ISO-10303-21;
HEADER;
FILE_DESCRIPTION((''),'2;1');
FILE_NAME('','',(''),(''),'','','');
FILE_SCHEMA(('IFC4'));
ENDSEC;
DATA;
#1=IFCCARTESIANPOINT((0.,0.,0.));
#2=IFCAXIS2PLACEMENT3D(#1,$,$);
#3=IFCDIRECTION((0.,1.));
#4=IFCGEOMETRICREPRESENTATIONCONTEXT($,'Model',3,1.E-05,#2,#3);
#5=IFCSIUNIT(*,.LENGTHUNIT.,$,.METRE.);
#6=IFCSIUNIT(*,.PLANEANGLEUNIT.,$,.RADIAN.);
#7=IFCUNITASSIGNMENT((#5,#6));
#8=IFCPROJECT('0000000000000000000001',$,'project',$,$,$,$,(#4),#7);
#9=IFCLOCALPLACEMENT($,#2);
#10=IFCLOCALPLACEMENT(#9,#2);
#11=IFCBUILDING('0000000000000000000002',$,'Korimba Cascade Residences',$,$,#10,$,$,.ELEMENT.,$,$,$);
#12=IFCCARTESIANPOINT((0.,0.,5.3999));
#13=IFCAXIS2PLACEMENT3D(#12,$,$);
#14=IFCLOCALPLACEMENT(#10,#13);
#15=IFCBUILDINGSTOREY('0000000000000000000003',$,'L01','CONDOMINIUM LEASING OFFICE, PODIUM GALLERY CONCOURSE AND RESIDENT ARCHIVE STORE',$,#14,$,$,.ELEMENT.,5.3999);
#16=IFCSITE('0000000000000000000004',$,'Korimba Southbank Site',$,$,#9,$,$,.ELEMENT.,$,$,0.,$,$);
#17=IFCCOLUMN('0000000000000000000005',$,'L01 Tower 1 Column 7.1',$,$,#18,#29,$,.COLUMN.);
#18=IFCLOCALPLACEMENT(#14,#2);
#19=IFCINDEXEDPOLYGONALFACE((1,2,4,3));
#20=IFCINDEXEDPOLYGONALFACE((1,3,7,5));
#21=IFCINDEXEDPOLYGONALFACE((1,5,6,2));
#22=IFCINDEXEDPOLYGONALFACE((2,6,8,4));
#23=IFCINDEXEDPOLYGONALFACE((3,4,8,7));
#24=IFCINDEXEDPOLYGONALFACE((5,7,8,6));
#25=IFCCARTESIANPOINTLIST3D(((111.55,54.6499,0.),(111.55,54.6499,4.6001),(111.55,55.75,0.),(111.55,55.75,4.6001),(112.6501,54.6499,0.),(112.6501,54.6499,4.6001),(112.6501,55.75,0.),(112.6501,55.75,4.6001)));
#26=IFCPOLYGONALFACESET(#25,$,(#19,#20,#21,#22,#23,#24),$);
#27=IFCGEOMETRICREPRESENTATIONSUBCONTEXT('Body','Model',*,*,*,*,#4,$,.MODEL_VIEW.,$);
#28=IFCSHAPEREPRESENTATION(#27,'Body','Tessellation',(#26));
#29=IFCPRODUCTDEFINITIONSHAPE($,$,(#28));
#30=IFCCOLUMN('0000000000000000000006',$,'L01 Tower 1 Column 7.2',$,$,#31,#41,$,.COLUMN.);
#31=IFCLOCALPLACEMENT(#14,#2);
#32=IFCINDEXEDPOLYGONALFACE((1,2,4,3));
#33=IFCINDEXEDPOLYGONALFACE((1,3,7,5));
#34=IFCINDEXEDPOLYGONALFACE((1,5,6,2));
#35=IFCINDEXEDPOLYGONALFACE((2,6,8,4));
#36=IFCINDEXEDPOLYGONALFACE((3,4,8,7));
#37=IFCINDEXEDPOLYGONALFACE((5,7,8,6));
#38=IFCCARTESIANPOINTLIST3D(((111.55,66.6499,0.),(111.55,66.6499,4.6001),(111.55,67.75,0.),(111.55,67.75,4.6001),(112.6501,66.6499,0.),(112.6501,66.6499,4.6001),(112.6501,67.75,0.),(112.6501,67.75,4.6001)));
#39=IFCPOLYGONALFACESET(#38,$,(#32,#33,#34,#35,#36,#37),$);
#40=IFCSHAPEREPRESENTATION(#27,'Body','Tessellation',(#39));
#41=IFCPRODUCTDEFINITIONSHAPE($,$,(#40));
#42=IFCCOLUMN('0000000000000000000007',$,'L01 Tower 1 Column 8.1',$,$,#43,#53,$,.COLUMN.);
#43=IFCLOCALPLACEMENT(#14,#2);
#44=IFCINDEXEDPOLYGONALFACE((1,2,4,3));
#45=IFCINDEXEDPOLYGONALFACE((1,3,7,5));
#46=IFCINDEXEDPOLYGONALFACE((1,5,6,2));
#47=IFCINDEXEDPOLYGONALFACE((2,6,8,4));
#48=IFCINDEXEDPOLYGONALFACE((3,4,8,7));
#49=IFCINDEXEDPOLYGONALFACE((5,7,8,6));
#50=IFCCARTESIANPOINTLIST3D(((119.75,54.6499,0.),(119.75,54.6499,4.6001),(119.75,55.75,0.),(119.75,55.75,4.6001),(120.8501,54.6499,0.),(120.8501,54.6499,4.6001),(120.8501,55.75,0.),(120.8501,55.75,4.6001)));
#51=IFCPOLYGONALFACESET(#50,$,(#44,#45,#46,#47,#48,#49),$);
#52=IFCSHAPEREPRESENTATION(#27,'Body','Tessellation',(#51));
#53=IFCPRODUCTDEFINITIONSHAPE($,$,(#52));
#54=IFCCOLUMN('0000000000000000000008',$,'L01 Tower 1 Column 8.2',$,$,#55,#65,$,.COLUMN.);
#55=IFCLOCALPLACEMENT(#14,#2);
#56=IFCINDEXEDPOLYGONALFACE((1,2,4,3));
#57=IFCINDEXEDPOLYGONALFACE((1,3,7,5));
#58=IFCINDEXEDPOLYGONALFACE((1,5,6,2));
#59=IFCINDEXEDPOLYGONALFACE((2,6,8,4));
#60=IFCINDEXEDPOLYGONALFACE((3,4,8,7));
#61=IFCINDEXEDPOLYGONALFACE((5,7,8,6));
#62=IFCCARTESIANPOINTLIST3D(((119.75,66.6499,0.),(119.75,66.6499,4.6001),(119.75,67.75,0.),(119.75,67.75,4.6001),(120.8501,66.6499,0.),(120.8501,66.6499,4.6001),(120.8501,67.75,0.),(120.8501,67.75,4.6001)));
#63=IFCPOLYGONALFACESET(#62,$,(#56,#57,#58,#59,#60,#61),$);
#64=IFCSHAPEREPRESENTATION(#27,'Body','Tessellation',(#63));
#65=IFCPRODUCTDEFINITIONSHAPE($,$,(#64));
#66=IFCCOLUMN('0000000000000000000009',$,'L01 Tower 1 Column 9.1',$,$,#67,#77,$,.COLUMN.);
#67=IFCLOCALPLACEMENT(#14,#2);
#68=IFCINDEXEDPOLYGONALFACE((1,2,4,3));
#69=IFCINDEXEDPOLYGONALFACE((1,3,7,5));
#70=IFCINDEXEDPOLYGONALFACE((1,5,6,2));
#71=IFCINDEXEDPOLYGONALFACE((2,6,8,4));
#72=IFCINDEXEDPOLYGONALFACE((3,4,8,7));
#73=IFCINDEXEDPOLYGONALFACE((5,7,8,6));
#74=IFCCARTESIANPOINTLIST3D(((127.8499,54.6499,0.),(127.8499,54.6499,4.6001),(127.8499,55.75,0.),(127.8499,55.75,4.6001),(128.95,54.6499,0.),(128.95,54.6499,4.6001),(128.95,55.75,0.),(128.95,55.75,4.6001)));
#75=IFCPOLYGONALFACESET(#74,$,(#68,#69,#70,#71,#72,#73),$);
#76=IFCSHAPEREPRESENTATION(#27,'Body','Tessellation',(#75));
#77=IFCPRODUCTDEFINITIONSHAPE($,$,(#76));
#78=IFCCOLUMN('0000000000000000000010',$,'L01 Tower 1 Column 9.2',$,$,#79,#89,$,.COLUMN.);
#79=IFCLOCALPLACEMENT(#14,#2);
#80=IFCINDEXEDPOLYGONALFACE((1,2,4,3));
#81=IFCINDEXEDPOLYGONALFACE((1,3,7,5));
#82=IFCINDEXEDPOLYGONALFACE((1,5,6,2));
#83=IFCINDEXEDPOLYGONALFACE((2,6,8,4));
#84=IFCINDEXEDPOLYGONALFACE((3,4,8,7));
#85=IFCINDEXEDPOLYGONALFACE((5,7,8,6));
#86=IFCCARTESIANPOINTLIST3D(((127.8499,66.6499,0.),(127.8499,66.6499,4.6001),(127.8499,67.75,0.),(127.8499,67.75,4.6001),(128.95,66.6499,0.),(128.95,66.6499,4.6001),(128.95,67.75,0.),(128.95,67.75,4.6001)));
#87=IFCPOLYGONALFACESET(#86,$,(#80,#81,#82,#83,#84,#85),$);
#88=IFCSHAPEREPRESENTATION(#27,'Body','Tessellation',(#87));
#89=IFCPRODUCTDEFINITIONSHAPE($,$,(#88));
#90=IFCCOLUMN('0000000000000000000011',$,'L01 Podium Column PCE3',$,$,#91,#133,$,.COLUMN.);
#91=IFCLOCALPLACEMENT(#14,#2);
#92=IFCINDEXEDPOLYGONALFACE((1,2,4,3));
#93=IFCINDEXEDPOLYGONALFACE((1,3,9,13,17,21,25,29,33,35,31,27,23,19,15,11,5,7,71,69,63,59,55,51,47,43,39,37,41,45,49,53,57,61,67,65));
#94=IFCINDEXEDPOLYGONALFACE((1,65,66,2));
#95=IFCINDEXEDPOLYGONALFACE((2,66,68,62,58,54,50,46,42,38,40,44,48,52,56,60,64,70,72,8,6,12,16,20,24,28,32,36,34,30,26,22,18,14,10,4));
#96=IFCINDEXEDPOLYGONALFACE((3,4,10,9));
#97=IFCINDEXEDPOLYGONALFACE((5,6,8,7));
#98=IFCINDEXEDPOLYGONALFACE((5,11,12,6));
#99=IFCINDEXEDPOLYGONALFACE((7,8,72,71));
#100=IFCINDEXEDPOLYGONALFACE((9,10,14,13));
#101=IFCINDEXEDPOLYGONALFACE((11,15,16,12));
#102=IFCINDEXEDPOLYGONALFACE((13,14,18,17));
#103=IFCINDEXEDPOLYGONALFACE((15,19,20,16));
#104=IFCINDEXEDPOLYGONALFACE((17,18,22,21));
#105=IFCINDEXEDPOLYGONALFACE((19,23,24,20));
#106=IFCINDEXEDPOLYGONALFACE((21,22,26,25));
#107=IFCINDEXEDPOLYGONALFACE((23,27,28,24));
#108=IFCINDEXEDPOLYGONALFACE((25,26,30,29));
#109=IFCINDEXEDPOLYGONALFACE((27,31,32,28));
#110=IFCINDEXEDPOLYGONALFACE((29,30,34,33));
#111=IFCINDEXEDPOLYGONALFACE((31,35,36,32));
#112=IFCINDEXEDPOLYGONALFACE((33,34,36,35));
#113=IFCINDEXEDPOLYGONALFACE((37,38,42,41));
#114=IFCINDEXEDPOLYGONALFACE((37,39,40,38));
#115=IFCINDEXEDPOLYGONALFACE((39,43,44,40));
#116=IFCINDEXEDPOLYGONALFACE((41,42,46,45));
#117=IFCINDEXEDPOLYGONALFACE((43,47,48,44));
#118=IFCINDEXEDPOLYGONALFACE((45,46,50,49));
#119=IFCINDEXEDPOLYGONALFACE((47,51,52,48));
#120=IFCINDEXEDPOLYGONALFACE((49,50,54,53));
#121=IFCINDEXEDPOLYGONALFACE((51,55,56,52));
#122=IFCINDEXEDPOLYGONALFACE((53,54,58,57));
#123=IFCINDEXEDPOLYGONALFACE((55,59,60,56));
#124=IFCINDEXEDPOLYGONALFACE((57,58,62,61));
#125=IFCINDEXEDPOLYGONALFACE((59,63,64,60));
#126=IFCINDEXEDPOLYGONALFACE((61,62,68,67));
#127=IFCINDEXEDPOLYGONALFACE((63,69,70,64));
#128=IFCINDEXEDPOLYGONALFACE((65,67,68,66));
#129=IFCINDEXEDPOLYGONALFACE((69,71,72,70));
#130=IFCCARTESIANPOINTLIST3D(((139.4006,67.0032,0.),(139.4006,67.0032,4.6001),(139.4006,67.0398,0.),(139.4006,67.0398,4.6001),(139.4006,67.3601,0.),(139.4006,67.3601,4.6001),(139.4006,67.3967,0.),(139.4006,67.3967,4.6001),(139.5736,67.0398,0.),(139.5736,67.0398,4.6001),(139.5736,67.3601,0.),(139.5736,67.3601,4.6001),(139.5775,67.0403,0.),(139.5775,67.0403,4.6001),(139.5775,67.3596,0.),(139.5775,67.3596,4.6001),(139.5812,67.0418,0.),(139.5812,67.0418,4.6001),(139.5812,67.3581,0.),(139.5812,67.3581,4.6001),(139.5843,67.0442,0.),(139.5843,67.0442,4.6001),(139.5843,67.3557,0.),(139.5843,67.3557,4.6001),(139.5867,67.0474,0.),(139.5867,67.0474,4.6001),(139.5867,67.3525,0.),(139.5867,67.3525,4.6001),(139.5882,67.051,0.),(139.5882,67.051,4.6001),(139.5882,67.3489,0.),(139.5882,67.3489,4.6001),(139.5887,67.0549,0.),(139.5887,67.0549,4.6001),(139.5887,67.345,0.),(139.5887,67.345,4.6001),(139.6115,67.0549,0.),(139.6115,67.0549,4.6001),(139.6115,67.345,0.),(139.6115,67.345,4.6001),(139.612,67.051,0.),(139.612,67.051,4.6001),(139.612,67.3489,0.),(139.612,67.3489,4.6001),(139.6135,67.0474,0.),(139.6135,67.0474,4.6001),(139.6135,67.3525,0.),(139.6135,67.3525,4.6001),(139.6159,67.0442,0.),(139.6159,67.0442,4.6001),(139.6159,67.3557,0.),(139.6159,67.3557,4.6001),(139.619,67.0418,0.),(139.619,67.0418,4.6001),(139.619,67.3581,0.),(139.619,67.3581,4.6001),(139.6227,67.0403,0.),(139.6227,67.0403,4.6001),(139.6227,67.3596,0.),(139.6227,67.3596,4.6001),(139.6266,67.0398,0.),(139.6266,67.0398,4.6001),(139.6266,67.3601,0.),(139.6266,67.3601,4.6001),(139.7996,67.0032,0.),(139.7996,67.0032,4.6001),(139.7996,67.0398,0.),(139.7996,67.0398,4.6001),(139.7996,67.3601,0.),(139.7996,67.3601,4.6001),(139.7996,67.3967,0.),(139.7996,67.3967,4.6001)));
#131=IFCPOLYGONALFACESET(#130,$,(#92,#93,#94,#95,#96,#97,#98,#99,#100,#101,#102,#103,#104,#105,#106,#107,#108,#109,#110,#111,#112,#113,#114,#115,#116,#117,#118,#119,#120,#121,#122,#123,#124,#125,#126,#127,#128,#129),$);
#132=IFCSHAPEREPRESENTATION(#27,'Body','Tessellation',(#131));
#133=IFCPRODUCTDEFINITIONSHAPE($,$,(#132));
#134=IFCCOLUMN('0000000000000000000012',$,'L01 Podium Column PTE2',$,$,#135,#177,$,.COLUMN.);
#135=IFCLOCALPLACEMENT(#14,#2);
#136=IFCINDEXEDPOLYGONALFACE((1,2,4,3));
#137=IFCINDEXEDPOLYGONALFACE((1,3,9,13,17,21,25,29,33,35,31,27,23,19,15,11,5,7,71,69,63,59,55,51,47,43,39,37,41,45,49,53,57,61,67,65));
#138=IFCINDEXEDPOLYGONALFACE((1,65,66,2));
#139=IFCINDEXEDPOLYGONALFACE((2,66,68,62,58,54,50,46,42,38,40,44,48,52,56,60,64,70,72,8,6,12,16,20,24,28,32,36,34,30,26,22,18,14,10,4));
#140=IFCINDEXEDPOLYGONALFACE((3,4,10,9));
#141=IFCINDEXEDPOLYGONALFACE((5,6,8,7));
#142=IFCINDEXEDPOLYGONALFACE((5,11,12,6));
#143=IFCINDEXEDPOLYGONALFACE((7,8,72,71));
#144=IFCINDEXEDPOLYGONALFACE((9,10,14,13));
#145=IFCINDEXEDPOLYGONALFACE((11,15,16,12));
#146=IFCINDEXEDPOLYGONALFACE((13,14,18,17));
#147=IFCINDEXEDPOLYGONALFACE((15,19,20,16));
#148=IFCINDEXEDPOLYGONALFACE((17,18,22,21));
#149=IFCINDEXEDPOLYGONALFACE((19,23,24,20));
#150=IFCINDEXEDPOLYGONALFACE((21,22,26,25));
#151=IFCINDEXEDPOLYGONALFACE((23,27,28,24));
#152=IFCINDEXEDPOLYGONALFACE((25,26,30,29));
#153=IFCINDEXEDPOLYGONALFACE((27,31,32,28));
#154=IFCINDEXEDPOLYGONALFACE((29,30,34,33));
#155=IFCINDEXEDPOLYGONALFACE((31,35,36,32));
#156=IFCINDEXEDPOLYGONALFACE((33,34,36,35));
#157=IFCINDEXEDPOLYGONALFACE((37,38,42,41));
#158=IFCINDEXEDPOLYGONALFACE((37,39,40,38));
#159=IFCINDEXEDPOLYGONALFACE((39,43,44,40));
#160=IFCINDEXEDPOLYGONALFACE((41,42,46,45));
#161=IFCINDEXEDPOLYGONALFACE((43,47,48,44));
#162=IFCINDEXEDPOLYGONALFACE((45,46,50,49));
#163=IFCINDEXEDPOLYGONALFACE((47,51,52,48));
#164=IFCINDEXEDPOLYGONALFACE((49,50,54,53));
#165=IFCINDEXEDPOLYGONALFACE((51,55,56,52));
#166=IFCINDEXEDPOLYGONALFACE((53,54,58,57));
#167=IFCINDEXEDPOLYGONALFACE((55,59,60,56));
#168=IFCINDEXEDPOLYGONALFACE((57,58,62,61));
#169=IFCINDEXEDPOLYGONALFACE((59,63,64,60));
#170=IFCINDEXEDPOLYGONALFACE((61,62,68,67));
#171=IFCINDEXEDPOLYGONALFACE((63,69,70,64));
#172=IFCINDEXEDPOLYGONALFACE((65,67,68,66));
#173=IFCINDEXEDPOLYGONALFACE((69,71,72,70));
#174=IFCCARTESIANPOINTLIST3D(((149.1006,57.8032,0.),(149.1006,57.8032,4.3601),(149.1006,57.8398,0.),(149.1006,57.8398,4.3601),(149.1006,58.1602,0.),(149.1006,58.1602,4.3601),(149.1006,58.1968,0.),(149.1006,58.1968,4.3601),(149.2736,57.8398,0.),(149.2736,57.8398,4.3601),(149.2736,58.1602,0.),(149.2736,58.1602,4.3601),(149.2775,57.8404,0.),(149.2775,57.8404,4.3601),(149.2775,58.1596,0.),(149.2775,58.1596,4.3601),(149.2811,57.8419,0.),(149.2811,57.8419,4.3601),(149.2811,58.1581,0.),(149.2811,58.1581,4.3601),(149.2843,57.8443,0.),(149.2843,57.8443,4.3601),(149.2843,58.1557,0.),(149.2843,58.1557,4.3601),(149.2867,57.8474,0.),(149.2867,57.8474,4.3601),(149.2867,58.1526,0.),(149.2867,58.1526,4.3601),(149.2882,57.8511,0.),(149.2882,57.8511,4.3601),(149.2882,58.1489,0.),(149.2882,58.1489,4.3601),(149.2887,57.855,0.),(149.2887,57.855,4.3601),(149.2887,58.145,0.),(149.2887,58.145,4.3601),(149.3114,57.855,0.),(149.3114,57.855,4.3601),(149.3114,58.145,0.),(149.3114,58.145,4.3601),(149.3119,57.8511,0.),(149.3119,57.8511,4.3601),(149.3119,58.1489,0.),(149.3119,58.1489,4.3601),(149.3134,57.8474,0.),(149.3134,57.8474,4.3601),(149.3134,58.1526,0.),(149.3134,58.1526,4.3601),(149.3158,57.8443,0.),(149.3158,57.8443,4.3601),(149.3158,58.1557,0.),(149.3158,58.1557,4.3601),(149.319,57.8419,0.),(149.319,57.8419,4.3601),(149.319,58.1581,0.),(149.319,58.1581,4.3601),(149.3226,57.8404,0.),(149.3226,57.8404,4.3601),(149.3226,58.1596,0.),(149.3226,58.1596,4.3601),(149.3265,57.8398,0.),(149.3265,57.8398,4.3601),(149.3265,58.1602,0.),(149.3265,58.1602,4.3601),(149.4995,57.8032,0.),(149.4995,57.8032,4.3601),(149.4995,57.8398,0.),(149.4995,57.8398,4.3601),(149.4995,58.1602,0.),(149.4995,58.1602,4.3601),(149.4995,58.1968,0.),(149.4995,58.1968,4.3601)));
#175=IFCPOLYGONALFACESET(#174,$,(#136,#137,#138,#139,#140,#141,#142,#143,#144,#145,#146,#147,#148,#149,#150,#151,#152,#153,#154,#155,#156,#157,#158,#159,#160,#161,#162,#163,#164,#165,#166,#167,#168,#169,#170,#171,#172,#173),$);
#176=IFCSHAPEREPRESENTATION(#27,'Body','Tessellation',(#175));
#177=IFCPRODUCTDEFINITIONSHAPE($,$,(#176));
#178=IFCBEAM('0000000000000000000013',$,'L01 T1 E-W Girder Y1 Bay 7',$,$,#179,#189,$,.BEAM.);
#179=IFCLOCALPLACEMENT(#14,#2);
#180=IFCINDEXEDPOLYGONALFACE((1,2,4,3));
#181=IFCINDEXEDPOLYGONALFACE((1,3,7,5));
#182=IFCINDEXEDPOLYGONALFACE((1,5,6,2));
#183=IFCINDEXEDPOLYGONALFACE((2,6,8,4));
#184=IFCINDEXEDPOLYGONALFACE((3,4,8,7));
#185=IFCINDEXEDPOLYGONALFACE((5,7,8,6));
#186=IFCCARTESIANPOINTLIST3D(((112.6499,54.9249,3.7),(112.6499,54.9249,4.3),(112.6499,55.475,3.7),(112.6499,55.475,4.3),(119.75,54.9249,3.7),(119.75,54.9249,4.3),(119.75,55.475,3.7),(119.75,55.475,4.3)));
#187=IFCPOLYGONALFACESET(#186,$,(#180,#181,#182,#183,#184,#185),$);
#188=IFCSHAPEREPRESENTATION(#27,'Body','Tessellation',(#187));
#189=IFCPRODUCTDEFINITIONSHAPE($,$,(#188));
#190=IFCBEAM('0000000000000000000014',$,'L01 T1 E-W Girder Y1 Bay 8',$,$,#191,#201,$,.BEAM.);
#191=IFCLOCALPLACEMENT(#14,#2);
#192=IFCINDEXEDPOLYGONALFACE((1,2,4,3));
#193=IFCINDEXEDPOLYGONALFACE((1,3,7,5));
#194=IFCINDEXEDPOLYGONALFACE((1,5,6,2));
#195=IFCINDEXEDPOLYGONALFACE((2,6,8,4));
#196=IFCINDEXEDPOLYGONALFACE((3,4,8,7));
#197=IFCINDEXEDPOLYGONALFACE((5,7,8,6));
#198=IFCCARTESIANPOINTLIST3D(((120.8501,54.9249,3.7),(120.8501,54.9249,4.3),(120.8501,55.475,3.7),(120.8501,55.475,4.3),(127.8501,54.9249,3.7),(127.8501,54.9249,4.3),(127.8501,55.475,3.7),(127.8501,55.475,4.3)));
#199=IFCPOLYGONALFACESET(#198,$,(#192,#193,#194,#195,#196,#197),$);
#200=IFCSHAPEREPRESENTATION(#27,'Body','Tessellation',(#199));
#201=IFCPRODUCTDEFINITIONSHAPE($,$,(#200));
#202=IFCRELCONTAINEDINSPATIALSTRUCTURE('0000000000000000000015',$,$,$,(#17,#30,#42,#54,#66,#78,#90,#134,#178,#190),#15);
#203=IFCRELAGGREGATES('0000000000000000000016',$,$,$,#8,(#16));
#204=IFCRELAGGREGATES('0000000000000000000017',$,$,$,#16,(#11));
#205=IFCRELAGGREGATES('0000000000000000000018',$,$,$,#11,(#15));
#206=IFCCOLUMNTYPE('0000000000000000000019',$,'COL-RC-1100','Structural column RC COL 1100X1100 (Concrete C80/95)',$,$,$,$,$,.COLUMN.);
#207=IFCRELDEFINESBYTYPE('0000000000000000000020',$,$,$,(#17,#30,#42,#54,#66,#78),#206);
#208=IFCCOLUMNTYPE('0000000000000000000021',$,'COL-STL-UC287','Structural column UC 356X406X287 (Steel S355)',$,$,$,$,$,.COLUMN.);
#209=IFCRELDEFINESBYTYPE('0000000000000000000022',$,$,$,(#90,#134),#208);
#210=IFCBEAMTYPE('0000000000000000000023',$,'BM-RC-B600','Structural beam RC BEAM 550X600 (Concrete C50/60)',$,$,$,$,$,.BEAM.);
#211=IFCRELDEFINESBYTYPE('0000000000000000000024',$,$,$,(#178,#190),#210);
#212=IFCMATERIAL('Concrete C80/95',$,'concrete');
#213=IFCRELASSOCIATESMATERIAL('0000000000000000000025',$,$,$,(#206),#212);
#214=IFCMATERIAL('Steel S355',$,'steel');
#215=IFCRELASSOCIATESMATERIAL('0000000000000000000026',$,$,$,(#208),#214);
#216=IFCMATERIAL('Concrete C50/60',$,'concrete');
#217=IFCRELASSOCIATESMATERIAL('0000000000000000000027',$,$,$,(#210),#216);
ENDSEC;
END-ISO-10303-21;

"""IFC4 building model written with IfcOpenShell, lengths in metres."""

from ifc_helpers import new_model, si_unit, direction, frame, origin, origin_2d, place, context, subcontext, project, spatial, rectangle, i_section, extrude, material, material_profile, profile_set, type_object, element, save


model = new_model("IFC4")

# Units and contexts
model_context = context("Model", 3, precision=1e-05, world=origin(), true_north=direction((0.0, 1.0)))
body_context = subcontext(model_context, "Body", "Model", "MODEL_VIEW")
ifc_project = project(units=[si_unit("LENGTHUNIT", "METRE"), si_unit("PLANEANGLEUNIT", "RADIAN")], contexts=[model_context])

# Site, building, storey
site_placement = place(None, origin())
site = spatial("IfcSite", under=ifc_project, at=site_placement, Name="Korimba Southbank Site", CompositionType="ELEMENT", RefElevation=0.0)
building_placement = place(site_placement, origin())
building = spatial("IfcBuilding", under=site, at=building_placement, Name="Korimba Cascade Residences", CompositionType="ELEMENT")
storey_placement = place(building_placement, frame((0.0, 0.0, 5.3999)))
storey = spatial("IfcBuildingStorey", under=building, at=storey_placement, Name="L01", Description="CONDOMINIUM LEASING OFFICE, PODIUM GALLERY CONCOURSE AND RESIDENT ARCHIVE STORE", CompositionType="ELEMENT", Elevation=5.3999)

# Columns
ifc_material_1 = material(Name="Concrete C80/95", Category="concrete")
ifc_material_profile_1 = material_profile(ifc_material_1, rectangle(XDim=1.1001, YDim=1.1001, at=origin_2d()), Name="Concrete C80/95")
ifc_profile_set_1 = profile_set([ifc_material_profile_1], Name="Concrete C80/95")
column_type_1 = type_object("IfcColumnType", Name="COL-RC-1100", Description="Structural column RC COL 1100X1100 (Concrete C80/95)", PredefinedType="COLUMN", material=ifc_profile_set_1)
for number, where, z_axis, x_axis, name in (
    (1, (112.1001, 55.2, 0.0), (0.0, 0.0, 1.0), (1.0, 0.0, 0.0), "L01 Tower 1 Column 7.1"),
    (2, (112.1001, 67.2, 0.0), (0.0, 0.0, 1.0), (1.0, 0.0, 0.0), "L01 Tower 1 Column 7.2"),
    (3, (120.3, 55.2, 0.0), (0.0, 0.0, 1.0), (1.0, 0.0, 0.0), "L01 Tower 1 Column 8.1"),
    (4, (120.3, 67.2, 0.0), (0.0, 0.0, 1.0), (1.0, 0.0, 0.0), "L01 Tower 1 Column 8.2"),
    (5, (128.3999, 55.2, 0.0), (0.0, 0.0, 1.0), (1.0, 0.0, 0.0), "L01 Tower 1 Column 9.1"),
    (6, (128.3999, 67.2, 0.0), (0.0, 0.0, 1.0), (1.0, 0.0, 0.0), "L01 Tower 1 Column 9.2"),
):
    element("IfcColumn", number, at=place(storey_placement, frame(where, z_axis=z_axis, x_axis=x_axis)), inside=storey, type_object=column_type_1, Name=name, PredefinedType="COLUMN", context=body_context, shape_type="SweptSolid", body=[
        extrude(rectangle(XDim=1.1001, YDim=1.1001, at=origin_2d()), origin(), (0.0, 0.0, 1.0), 4.6001),
    ])
ifc_material_2 = material(Name="Steel S355", Category="steel")
ifc_material_profile_2 = material_profile(ifc_material_2, i_section(OverallWidth=0.3989, OverallDepth=0.3936, WebThickness=0.0227, FlangeThickness=0.0366, FilletRadius=0.0151, at=origin_2d()), Name="Steel S355")
ifc_profile_set_2 = profile_set([ifc_material_profile_2], Name="Steel S355")
column_type_2 = type_object("IfcColumnType", Name="COL-STL-UC287", Description="Structural column UC 356X406X287 (Steel S355)", PredefinedType="COLUMN", material=ifc_profile_set_2)
column_1_placement = place(storey_placement, frame((139.6001, 67.2, 0.0), z_axis=(0.0, 0.0, 1.0), x_axis=(1.0, 0.0, 0.0)))
element("IfcColumn", 7, at=column_1_placement, inside=storey, type_object=column_type_2, Name="L01 Podium Column PCE3", PredefinedType="COLUMN", context=body_context, shape_type="SweptSolid", body=[
    extrude(i_section(OverallWidth=0.3989, OverallDepth=0.3936, WebThickness=0.0227, FlangeThickness=0.0366, FilletRadius=0.0151, at=origin_2d()), origin(), (0.0, 0.0, 1.0), 4.6001),
])
column_2_placement = place(storey_placement, frame((149.3, 58.0, 0.0), z_axis=(0.0, 0.0, 1.0), x_axis=(1.0, 0.0, 0.0)))
element("IfcColumn", 8, at=column_2_placement, inside=storey, type_object=column_type_2, Name="L01 Podium Column PTE2", PredefinedType="COLUMN", context=body_context, shape_type="SweptSolid", body=[
    extrude(i_section(OverallWidth=0.3989, OverallDepth=0.3936, WebThickness=0.0227, FlangeThickness=0.0366, FilletRadius=0.0151, at=origin_2d()), origin(), (0.0, 0.0, 1.0), 4.3601),
])

# Beams
ifc_material_3 = material(Name="Concrete C50/60", Category="concrete")
ifc_material_profile_3 = material_profile(ifc_material_3, rectangle(XDim=0.55, YDim=0.6001, at=origin_2d()), Name="Concrete C50/60")
ifc_profile_set_3 = profile_set([ifc_material_profile_3], Name="Concrete C50/60")
beam_type_1 = type_object("IfcBeamType", Name="BM-RC-B600", Description="Structural beam RC BEAM 550X600 (Concrete C50/60)", PredefinedType="BEAM", material=ifc_profile_set_3)
beam_1_placement = place(storey_placement, frame((112.6499, 55.2, 4.0), z_axis=(1.0, 0.0, 0.0), x_axis=(0.0, 1.0, 0.0)))
element("IfcBeam", 9, at=beam_1_placement, inside=storey, type_object=beam_type_1, Name="L01 T1 E-W Girder Y1 Bay 7", PredefinedType="BEAM", context=body_context, shape_type="SweptSolid", body=[
    extrude(rectangle(XDim=0.55, YDim=0.6001, at=origin_2d()), origin(), (0.0, 0.0, 1.0), 7.1001),
])
beam_2_placement = place(storey_placement, frame((120.8501, 55.2, 4.0), z_axis=(1.0, 0.0, 0.0), x_axis=(0.0, 1.0, 0.0)))
element("IfcBeam", 10, at=beam_2_placement, inside=storey, type_object=beam_type_1, Name="L01 T1 E-W Girder Y1 Bay 8", PredefinedType="BEAM", context=body_context, shape_type="SweptSolid", body=[
    extrude(rectangle(XDim=0.55, YDim=0.6001, at=origin_2d()), origin(), (0.0, 0.0, 1.0), 7.0),
])

save(model, "model.ifc")
